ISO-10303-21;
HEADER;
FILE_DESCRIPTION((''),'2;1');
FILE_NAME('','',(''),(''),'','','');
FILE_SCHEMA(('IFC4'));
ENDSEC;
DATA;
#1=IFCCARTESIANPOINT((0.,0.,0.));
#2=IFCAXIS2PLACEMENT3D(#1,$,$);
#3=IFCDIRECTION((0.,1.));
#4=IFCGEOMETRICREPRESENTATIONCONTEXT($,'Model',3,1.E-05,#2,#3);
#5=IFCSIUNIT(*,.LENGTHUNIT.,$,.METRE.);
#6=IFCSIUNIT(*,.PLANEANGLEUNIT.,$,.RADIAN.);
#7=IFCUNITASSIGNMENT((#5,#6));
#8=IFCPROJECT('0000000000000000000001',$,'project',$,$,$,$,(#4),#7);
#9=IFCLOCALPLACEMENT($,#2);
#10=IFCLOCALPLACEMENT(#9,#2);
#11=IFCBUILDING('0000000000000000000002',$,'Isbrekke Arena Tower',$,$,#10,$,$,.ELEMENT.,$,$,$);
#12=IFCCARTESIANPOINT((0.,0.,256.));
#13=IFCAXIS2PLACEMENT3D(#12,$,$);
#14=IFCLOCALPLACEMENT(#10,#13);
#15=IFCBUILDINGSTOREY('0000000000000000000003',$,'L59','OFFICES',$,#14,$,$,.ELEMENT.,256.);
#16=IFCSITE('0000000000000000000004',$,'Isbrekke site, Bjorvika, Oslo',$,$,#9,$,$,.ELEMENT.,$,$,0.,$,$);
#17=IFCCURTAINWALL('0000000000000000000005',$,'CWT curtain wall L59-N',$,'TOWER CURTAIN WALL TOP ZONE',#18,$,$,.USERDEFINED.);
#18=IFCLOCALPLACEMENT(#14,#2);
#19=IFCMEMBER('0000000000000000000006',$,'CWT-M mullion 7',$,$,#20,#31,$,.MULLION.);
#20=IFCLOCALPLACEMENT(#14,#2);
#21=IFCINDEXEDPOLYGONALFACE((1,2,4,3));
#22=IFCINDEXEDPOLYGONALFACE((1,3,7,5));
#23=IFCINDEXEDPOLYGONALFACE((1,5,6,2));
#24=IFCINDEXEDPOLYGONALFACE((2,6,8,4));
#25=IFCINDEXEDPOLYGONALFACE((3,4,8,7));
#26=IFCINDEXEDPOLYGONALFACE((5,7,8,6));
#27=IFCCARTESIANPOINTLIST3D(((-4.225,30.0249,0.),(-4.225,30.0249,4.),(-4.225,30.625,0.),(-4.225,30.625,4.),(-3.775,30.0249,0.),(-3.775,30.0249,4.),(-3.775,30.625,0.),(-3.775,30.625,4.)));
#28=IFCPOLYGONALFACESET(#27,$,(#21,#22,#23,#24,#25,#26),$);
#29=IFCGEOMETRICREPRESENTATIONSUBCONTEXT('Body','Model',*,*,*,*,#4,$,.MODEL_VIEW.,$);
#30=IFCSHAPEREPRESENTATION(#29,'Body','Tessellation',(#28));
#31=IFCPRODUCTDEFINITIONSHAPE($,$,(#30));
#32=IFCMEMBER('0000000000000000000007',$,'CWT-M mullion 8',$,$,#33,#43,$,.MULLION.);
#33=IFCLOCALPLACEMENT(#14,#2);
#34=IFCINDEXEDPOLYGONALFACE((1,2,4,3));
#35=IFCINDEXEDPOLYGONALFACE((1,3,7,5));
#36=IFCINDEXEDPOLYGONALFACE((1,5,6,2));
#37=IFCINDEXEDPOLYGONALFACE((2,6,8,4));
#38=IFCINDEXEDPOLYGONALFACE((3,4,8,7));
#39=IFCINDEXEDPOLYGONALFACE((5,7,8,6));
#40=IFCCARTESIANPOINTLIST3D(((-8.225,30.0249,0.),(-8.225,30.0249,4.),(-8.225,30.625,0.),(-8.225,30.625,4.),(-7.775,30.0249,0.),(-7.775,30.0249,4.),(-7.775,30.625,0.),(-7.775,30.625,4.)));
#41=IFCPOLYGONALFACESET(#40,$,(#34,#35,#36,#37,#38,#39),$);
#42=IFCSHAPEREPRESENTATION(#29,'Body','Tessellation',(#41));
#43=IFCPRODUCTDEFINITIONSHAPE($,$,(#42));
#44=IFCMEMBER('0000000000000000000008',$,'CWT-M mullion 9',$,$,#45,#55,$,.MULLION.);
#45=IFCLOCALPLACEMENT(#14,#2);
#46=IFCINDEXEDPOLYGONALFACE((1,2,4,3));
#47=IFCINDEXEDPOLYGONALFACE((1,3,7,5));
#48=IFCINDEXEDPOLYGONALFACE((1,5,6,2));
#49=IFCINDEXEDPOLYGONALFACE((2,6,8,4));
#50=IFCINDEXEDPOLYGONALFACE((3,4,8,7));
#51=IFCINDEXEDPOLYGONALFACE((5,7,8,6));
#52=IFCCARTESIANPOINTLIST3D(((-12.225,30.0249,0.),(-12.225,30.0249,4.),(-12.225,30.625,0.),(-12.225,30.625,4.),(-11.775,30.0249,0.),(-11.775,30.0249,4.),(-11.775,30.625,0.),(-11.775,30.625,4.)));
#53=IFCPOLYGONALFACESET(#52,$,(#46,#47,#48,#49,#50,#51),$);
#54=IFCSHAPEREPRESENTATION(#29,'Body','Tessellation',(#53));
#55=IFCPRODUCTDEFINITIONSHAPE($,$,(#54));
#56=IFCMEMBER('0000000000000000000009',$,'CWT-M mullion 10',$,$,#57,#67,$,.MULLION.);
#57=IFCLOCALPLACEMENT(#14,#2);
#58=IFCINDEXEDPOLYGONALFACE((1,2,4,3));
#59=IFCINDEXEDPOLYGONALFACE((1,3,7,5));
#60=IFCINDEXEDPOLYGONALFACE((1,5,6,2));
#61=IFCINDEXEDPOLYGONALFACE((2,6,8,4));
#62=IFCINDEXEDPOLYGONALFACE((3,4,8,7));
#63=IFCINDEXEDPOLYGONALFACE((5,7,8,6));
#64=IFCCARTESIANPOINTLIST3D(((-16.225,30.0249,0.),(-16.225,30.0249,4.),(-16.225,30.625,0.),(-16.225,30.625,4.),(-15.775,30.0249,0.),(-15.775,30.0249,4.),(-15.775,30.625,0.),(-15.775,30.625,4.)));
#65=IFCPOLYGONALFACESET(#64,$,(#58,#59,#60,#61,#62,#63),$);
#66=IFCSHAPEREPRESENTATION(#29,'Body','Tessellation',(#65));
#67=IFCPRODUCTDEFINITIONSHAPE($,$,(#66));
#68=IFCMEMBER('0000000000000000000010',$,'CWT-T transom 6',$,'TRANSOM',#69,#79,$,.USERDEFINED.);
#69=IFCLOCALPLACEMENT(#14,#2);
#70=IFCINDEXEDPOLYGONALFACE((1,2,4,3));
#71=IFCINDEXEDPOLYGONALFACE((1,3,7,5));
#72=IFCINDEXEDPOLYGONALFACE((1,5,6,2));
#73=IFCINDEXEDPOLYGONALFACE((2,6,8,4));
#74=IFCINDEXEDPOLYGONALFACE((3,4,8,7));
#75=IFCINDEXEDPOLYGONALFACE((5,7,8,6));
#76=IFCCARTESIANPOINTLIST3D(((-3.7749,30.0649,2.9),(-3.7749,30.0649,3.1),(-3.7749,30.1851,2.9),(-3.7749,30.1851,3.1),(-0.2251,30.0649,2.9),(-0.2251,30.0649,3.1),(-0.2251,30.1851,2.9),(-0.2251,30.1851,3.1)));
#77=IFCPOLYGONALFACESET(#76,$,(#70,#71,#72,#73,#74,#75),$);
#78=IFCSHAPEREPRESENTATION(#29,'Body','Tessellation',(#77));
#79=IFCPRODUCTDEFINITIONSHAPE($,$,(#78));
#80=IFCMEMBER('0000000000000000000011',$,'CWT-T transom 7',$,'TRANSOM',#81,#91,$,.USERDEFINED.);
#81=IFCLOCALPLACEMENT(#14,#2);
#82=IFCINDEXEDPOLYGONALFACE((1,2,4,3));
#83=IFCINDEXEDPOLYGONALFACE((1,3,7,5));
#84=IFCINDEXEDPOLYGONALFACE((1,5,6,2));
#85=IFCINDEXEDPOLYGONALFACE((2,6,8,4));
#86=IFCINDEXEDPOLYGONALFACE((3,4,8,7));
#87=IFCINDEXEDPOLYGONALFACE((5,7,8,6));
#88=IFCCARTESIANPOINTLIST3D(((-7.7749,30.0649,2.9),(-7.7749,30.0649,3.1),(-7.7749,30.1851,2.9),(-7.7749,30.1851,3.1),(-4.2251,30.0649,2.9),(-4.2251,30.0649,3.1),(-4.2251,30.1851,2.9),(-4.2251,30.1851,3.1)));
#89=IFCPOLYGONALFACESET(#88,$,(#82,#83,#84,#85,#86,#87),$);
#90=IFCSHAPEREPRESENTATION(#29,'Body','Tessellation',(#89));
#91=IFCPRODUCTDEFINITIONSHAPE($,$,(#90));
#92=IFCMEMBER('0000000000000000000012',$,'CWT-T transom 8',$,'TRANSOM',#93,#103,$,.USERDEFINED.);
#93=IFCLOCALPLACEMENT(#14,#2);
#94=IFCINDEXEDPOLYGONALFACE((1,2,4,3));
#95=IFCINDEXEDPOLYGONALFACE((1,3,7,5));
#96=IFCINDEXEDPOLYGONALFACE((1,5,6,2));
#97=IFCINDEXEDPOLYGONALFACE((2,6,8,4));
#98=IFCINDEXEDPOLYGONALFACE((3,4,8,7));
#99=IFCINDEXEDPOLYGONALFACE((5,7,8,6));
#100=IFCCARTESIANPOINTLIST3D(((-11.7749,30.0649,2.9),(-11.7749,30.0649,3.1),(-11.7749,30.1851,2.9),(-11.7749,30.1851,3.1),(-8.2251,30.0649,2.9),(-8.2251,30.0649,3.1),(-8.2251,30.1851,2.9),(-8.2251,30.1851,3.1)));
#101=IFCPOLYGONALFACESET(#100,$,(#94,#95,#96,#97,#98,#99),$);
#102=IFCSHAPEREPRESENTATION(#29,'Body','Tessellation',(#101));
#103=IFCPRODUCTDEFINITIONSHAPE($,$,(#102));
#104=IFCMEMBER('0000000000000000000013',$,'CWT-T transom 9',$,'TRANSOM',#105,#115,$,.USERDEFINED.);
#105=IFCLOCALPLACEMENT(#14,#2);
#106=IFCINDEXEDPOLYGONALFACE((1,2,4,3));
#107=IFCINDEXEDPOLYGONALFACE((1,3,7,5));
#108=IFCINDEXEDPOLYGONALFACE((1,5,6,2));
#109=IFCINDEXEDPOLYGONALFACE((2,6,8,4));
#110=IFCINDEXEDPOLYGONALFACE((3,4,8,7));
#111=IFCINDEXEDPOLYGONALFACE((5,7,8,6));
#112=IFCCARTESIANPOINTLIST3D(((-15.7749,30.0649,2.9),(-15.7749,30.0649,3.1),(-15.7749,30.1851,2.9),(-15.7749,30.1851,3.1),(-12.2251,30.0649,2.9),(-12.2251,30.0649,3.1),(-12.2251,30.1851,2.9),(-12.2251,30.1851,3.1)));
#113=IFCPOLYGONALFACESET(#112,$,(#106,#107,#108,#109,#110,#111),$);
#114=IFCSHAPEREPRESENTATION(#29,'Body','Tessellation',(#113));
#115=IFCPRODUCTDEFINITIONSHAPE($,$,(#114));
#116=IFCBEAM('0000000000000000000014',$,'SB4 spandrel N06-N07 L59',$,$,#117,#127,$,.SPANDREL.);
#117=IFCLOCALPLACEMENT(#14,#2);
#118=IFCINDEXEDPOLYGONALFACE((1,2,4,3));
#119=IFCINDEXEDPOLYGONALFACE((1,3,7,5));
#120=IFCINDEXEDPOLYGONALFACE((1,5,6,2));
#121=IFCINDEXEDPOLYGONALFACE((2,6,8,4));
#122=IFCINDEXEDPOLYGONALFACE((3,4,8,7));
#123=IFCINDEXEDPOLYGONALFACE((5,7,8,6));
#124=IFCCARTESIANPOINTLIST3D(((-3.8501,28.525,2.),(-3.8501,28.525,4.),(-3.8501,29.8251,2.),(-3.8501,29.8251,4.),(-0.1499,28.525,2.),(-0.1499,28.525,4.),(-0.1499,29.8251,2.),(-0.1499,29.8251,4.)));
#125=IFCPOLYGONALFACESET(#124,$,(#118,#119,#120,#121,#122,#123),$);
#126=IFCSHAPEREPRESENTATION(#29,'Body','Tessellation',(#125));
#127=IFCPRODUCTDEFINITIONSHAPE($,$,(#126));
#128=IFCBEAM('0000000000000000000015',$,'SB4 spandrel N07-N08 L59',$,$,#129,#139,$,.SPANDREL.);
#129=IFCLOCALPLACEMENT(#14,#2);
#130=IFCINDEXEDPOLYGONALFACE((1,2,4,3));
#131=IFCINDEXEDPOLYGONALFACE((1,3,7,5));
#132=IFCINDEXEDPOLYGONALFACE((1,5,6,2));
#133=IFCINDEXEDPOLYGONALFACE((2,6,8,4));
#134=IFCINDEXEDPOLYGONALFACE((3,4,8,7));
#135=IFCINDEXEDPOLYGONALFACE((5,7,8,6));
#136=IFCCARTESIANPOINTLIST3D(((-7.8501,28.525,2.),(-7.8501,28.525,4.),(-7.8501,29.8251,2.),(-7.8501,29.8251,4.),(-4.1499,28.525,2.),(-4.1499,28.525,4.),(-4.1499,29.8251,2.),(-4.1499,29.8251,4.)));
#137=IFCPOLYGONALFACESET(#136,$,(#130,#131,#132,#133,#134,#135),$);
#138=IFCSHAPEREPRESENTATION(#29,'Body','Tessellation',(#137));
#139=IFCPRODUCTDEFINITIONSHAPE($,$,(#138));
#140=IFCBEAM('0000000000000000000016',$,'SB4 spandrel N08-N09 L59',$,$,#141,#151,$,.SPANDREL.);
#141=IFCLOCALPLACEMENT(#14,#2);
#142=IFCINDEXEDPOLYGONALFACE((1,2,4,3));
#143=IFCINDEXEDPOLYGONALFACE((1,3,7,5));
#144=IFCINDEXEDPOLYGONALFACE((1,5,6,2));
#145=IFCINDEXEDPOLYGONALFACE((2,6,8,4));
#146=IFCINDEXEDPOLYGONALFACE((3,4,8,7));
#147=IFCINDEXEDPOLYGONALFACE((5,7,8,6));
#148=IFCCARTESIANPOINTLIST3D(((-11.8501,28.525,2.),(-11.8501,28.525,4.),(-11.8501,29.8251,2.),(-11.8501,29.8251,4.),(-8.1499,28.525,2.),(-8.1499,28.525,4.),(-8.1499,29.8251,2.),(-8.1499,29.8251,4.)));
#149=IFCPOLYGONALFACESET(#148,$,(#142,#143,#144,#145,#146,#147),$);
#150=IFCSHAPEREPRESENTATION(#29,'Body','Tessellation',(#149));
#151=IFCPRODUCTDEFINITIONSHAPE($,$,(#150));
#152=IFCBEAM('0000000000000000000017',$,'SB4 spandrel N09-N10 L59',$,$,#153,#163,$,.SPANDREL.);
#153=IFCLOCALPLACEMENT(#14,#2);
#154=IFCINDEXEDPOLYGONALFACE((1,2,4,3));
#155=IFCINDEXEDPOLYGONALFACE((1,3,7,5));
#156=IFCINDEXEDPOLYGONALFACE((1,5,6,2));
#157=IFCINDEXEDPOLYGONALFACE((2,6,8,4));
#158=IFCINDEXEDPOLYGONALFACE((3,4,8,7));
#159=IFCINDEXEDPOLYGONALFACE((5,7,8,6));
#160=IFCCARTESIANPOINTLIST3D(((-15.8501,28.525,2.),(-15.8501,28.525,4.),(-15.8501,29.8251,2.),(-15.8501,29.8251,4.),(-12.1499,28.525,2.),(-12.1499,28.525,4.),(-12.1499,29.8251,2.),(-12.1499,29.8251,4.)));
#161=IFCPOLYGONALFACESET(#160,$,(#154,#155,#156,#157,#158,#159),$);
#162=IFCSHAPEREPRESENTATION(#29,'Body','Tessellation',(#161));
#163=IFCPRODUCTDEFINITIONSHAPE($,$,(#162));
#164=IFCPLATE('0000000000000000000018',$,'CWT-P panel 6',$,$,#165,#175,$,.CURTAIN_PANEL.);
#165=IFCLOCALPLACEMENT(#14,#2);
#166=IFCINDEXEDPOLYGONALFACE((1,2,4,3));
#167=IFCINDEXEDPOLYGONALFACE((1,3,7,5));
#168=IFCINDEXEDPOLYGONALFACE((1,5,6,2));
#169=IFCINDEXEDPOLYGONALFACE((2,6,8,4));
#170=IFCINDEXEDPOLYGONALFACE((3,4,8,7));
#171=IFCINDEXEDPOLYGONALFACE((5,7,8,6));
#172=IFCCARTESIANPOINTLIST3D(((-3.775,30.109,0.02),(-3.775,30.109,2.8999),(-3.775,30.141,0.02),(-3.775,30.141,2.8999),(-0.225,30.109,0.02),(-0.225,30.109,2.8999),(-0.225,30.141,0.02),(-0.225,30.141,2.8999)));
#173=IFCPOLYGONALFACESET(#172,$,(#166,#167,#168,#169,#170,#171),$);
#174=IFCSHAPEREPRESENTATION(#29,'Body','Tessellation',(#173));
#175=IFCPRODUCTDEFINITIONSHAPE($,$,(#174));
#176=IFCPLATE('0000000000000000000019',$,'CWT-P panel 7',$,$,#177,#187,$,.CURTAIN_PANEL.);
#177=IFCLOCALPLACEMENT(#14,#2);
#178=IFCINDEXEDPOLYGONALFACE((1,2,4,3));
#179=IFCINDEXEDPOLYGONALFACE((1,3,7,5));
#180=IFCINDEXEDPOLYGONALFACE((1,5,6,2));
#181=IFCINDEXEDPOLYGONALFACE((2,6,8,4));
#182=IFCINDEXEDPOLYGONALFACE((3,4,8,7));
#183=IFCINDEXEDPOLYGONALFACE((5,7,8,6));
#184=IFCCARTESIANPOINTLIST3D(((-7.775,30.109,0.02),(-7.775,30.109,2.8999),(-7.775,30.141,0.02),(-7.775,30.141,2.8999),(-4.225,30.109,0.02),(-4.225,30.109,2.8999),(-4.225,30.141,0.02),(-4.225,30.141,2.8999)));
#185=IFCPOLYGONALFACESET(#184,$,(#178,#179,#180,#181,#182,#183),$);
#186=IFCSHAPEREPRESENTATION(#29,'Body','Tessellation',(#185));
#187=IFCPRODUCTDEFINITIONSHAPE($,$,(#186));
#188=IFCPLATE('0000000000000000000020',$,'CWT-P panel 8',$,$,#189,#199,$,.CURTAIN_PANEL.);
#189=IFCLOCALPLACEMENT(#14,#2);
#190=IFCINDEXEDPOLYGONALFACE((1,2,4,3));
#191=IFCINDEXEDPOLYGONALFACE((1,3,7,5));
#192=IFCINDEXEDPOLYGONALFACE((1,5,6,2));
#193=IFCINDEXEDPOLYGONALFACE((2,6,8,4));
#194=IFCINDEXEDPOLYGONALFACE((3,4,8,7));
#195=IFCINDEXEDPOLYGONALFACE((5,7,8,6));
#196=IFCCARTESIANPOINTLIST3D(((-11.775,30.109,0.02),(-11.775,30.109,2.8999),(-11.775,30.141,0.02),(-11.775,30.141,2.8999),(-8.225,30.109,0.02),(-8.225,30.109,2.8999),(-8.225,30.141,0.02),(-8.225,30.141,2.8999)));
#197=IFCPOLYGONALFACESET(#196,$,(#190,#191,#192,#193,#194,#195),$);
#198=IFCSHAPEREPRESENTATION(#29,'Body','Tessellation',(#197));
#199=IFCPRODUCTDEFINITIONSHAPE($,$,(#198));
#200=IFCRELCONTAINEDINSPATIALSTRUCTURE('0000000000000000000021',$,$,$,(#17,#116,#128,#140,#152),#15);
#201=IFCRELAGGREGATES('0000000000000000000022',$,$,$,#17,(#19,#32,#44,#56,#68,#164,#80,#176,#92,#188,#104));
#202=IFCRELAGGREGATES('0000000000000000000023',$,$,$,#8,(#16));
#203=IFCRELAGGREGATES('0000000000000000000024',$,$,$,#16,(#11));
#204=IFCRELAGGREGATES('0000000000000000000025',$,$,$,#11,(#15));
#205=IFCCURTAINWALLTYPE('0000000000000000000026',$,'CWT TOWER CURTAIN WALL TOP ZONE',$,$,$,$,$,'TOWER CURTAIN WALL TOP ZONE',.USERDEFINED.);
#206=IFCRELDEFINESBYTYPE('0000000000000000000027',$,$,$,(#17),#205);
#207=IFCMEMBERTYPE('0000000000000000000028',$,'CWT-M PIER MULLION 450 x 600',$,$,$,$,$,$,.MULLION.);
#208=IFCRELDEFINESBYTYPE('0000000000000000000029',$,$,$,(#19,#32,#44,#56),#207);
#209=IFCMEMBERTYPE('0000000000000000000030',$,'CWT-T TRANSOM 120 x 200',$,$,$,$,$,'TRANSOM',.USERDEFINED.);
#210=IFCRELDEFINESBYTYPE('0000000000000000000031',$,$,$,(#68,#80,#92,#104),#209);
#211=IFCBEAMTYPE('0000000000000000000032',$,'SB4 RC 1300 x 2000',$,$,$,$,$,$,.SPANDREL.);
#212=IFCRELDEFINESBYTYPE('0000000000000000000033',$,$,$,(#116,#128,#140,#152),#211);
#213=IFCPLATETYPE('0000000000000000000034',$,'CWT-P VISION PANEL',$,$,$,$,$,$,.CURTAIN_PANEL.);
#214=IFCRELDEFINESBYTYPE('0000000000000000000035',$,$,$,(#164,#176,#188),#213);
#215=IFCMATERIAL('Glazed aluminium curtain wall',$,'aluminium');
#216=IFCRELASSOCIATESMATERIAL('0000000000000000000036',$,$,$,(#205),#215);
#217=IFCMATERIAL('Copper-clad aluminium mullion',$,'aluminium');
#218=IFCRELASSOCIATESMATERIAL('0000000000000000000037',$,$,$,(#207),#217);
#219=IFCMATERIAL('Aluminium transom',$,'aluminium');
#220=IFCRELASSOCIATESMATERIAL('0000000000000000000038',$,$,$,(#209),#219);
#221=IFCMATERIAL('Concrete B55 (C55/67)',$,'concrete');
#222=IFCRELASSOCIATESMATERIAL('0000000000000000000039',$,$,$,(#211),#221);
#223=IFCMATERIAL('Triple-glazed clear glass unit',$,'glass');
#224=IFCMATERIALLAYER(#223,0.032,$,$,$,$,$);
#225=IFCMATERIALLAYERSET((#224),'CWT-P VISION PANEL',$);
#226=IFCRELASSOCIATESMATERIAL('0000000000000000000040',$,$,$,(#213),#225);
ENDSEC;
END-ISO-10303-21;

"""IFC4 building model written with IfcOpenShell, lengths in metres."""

from ifc_helpers import new_model, si_unit, direction, frame, origin, origin_2d, place, context, subcontext, project, spatial, rectangle, extrude, material, layer, layer_set, material_profile, profile_set, type_object, element, aggregate, save


model = new_model("IFC4")

# Units and contexts
model_context = context("Model", 3, precision=1e-05, world=origin(), true_north=direction((0.0, 1.0)))
body_context = subcontext(model_context, "Body", "Model", "MODEL_VIEW")
ifc_project = project(units=[si_unit("LENGTHUNIT", "METRE"), si_unit("PLANEANGLEUNIT", "RADIAN")], contexts=[model_context])

# Site, building, storey
site_placement = place(None, origin())
site = spatial("IfcSite", under=ifc_project, at=site_placement, Name="Isbrekke site, Bjorvika, Oslo", CompositionType="ELEMENT", RefElevation=0.0)
building_placement = place(site_placement, origin())
building = spatial("IfcBuilding", under=site, at=building_placement, Name="Isbrekke Arena Tower", CompositionType="ELEMENT")
storey_placement = place(building_placement, frame((0.0, 0.0, 256.0)))
storey = spatial("IfcBuildingStorey", under=building, at=storey_placement, Name="L59", Description="OFFICES", CompositionType="ELEMENT", Elevation=256.0)

# Curtain wall, members
ifc_material_1 = material(Name="Glazed aluminium curtain wall", Category="aluminium")
curtain_wall_type = type_object("IfcCurtainWallType", Name="CWT TOWER CURTAIN WALL TOP ZONE", ElementType="TOWER CURTAIN WALL TOP ZONE", PredefinedType="USERDEFINED", material=ifc_material_1)
curtain_wall_placement = place(storey_placement, origin())
curtain_wall = element("IfcCurtainWall", 1, at=curtain_wall_placement, inside=storey, type_object=curtain_wall_type, Name="CWT curtain wall L59-N", ObjectType="TOWER CURTAIN WALL TOP ZONE", PredefinedType="USERDEFINED")
ifc_material_2 = material(Name="Copper-clad aluminium mullion", Category="aluminium")
ifc_material_profile_1 = material_profile(ifc_material_2, rectangle(XDim=0.45, YDim=0.6001, at=origin_2d()), Name="PIER 450X600")
ifc_profile_set_1 = profile_set([ifc_material_profile_1], Name="Copper-clad aluminium mullion")
member_type_1 = type_object("IfcMemberType", Name="CWT-M PIER MULLION 450 x 600", PredefinedType="MULLION", material=ifc_profile_set_1)
member_1_placement = place(storey_placement, frame((-4.0, 30.325, 0.0), z_axis=(0.0, 0.0, 1.0), x_axis=(-1.0, 0.0, 0.0)))
member_1 = element("IfcMember", 2, at=member_1_placement, type_object=member_type_1, Name="CWT-M mullion 7", PredefinedType="MULLION", context=body_context, shape_type="SweptSolid", body=[
    extrude(rectangle(XDim=0.45, YDim=0.6001, at=origin_2d()), origin(), (0.0, 0.0, 1.0), 4.0),
])
member_2_placement = place(storey_placement, frame((-8.0, 30.325, 0.0), z_axis=(0.0, 0.0, 1.0), x_axis=(-1.0, 0.0, 0.0)))
member_2 = element("IfcMember", 3, at=member_2_placement, type_object=member_type_1, Name="CWT-M mullion 8", PredefinedType="MULLION", context=body_context, shape_type="SweptSolid", body=[
    extrude(rectangle(XDim=0.45, YDim=0.6001, at=origin_2d()), origin(), (0.0, 0.0, 1.0), 4.0),
])
member_3_placement = place(storey_placement, frame((-12.0, 30.325, 0.0), z_axis=(0.0, 0.0, 1.0), x_axis=(-1.0, 0.0, 0.0)))
member_3 = element("IfcMember", 4, at=member_3_placement, type_object=member_type_1, Name="CWT-M mullion 9", PredefinedType="MULLION", context=body_context, shape_type="SweptSolid", body=[
    extrude(rectangle(XDim=0.45, YDim=0.6001, at=origin_2d()), origin(), (0.0, 0.0, 1.0), 4.0),
])
member_4_placement = place(storey_placement, frame((-16.0, 30.325, 0.0), z_axis=(0.0, 0.0, 1.0), x_axis=(-1.0, 0.0, 0.0)))
member_4 = element("IfcMember", 5, at=member_4_placement, type_object=member_type_1, Name="CWT-M mullion 10", PredefinedType="MULLION", context=body_context, shape_type="SweptSolid", body=[
    extrude(rectangle(XDim=0.45, YDim=0.6001, at=origin_2d()), origin(), (0.0, 0.0, 1.0), 4.0),
])
ifc_material_3 = material(Name="Aluminium transom", Category="aluminium")
ifc_material_profile_2 = material_profile(ifc_material_3, rectangle(XDim=0.1201, YDim=0.2, at=origin_2d()), Name="TRANSOM 120X200")
ifc_profile_set_2 = profile_set([ifc_material_profile_2], Name="Aluminium transom")
member_type_2 = type_object("IfcMemberType", Name="CWT-T TRANSOM 120 x 200", ElementType="TRANSOM", PredefinedType="USERDEFINED", material=ifc_profile_set_2)
member_5_placement = place(storey_placement, frame((-0.2251, 30.125, 3.0), z_axis=(-1.0, 0.0, 0.0), x_axis=(0.0, -1.0, 0.0)))
member_5 = element("IfcMember", 6, at=member_5_placement, type_object=member_type_2, Name="CWT-T transom 6", ObjectType="TRANSOM", PredefinedType="USERDEFINED", context=body_context, shape_type="SweptSolid", body=[
    extrude(rectangle(XDim=0.1201, YDim=0.2, at=origin_2d()), origin(), (0.0, 0.0, 1.0), 3.5498),
])
member_6_placement = place(storey_placement, frame((-4.2251, 30.125, 3.0), z_axis=(-1.0, 0.0, 0.0), x_axis=(0.0, -1.0, 0.0)))
member_6 = element("IfcMember", 7, at=member_6_placement, type_object=member_type_2, Name="CWT-T transom 7", ObjectType="TRANSOM", PredefinedType="USERDEFINED", context=body_context, shape_type="SweptSolid", body=[
    extrude(rectangle(XDim=0.1201, YDim=0.2, at=origin_2d()), origin(), (0.0, 0.0, 1.0), 3.5498),
])
member_7_placement = place(storey_placement, frame((-8.2251, 30.125, 3.0), z_axis=(-1.0, 0.0, 0.0), x_axis=(0.0, -1.0, 0.0)))
member_7 = element("IfcMember", 8, at=member_7_placement, type_object=member_type_2, Name="CWT-T transom 8", ObjectType="TRANSOM", PredefinedType="USERDEFINED", context=body_context, shape_type="SweptSolid", body=[
    extrude(rectangle(XDim=0.1201, YDim=0.2, at=origin_2d()), origin(), (0.0, 0.0, 1.0), 3.5498),
])
member_8_placement = place(storey_placement, frame((-12.2251, 30.125, 3.0), z_axis=(-1.0, 0.0, 0.0), x_axis=(0.0, -1.0, 0.0)))
member_8 = element("IfcMember", 9, at=member_8_placement, type_object=member_type_2, Name="CWT-T transom 9", ObjectType="TRANSOM", PredefinedType="USERDEFINED", context=body_context, shape_type="SweptSolid", body=[
    extrude(rectangle(XDim=0.1201, YDim=0.2, at=origin_2d()), origin(), (0.0, 0.0, 1.0), 3.5498),
])

# Beams
ifc_material_4 = material(Name="Concrete B55 (C55/67)", Category="concrete")
ifc_material_profile_3 = material_profile(ifc_material_4, rectangle(XDim=1.3, YDim=2.0, at=origin_2d()), Name="RC 1300x2000")
ifc_profile_set_3 = profile_set([ifc_material_profile_3], Name="Concrete B55 (C55/67)")
beam_type_1 = type_object("IfcBeamType", Name="SB4 RC 1300 x 2000", PredefinedType="SPANDREL", material=ifc_profile_set_3)
for number, where, z_axis, x_axis, name in (
    (10, (-0.1499, 29.175, 3.0), (-1.0, 0.0, 0.0), (0.0, -1.0, 0.0), "SB4 spandrel N06-N07 L59"),
    (11, (-4.1499, 29.175, 3.0), (-1.0, 0.0, 0.0), (0.0, -1.0, 0.0), "SB4 spandrel N07-N08 L59"),
    (12, (-8.1499, 29.175, 3.0), (-1.0, 0.0, 0.0), (0.0, -1.0, 0.0), "SB4 spandrel N08-N09 L59"),
    (13, (-12.1499, 29.175, 3.0), (-1.0, 0.0, 0.0), (0.0, -1.0, 0.0), "SB4 spandrel N09-N10 L59"),
):
    element("IfcBeam", number, at=place(storey_placement, frame(where, z_axis=z_axis, x_axis=x_axis)), inside=storey, type_object=beam_type_1, Name=name, PredefinedType="SPANDREL", context=body_context, shape_type="SweptSolid", body=[
        extrude(rectangle(XDim=1.3, YDim=2.0, at=origin_2d()), origin(), (0.0, 0.0, 1.0), 3.7002),
    ])

# Plates
ifc_material_5 = material(Name="Triple-glazed clear glass unit", Category="glass")
ifc_layer_1 = layer(ifc_material_5, 0.032)
ifc_layer_set_1 = layer_set([ifc_layer_1], Name="CWT-P VISION PANEL")
plate_type = type_object("IfcPlateType", Name="CWT-P VISION PANEL", PredefinedType="CURTAIN_PANEL", material=ifc_layer_set_1)
plate_1_placement = place(storey_placement, frame((-2.0, 30.125, 0.02), z_axis=(0.0, 0.0, 1.0), x_axis=(-1.0, 0.0, 0.0)))
plate_1 = element("IfcPlate", 14, at=plate_1_placement, type_object=plate_type, Name="CWT-P panel 6", PredefinedType="CURTAIN_PANEL", context=body_context, shape_type="SweptSolid", body=[
    extrude(rectangle(XDim=3.55, YDim=0.032, at=origin_2d()), origin(), (0.0, 0.0, 1.0), 2.8799),
])
plate_2_placement = place(storey_placement, frame((-6.0, 30.125, 0.02), z_axis=(0.0, 0.0, 1.0), x_axis=(-1.0, 0.0, 0.0)))
plate_2 = element("IfcPlate", 15, at=plate_2_placement, type_object=plate_type, Name="CWT-P panel 7", PredefinedType="CURTAIN_PANEL", context=body_context, shape_type="SweptSolid", body=[
    extrude(rectangle(XDim=3.55, YDim=0.032, at=origin_2d()), origin(), (0.0, 0.0, 1.0), 2.8799),
])
plate_3_placement = place(storey_placement, frame((-10.0, 30.125, 0.02), z_axis=(0.0, 0.0, 1.0), x_axis=(-1.0, 0.0, 0.0)))
plate_3 = element("IfcPlate", 16, at=plate_3_placement, type_object=plate_type, Name="CWT-P panel 8", PredefinedType="CURTAIN_PANEL", context=body_context, shape_type="SweptSolid", body=[
    extrude(rectangle(XDim=3.55, YDim=0.032, at=origin_2d()), origin(), (0.0, 0.0, 1.0), 2.8799),
])
aggregate(curtain_wall, [member_1, member_2, member_3, member_4, member_5, plate_1, member_6, plate_2, member_7, plate_3, member_8])

save(model, "model.ifc")
